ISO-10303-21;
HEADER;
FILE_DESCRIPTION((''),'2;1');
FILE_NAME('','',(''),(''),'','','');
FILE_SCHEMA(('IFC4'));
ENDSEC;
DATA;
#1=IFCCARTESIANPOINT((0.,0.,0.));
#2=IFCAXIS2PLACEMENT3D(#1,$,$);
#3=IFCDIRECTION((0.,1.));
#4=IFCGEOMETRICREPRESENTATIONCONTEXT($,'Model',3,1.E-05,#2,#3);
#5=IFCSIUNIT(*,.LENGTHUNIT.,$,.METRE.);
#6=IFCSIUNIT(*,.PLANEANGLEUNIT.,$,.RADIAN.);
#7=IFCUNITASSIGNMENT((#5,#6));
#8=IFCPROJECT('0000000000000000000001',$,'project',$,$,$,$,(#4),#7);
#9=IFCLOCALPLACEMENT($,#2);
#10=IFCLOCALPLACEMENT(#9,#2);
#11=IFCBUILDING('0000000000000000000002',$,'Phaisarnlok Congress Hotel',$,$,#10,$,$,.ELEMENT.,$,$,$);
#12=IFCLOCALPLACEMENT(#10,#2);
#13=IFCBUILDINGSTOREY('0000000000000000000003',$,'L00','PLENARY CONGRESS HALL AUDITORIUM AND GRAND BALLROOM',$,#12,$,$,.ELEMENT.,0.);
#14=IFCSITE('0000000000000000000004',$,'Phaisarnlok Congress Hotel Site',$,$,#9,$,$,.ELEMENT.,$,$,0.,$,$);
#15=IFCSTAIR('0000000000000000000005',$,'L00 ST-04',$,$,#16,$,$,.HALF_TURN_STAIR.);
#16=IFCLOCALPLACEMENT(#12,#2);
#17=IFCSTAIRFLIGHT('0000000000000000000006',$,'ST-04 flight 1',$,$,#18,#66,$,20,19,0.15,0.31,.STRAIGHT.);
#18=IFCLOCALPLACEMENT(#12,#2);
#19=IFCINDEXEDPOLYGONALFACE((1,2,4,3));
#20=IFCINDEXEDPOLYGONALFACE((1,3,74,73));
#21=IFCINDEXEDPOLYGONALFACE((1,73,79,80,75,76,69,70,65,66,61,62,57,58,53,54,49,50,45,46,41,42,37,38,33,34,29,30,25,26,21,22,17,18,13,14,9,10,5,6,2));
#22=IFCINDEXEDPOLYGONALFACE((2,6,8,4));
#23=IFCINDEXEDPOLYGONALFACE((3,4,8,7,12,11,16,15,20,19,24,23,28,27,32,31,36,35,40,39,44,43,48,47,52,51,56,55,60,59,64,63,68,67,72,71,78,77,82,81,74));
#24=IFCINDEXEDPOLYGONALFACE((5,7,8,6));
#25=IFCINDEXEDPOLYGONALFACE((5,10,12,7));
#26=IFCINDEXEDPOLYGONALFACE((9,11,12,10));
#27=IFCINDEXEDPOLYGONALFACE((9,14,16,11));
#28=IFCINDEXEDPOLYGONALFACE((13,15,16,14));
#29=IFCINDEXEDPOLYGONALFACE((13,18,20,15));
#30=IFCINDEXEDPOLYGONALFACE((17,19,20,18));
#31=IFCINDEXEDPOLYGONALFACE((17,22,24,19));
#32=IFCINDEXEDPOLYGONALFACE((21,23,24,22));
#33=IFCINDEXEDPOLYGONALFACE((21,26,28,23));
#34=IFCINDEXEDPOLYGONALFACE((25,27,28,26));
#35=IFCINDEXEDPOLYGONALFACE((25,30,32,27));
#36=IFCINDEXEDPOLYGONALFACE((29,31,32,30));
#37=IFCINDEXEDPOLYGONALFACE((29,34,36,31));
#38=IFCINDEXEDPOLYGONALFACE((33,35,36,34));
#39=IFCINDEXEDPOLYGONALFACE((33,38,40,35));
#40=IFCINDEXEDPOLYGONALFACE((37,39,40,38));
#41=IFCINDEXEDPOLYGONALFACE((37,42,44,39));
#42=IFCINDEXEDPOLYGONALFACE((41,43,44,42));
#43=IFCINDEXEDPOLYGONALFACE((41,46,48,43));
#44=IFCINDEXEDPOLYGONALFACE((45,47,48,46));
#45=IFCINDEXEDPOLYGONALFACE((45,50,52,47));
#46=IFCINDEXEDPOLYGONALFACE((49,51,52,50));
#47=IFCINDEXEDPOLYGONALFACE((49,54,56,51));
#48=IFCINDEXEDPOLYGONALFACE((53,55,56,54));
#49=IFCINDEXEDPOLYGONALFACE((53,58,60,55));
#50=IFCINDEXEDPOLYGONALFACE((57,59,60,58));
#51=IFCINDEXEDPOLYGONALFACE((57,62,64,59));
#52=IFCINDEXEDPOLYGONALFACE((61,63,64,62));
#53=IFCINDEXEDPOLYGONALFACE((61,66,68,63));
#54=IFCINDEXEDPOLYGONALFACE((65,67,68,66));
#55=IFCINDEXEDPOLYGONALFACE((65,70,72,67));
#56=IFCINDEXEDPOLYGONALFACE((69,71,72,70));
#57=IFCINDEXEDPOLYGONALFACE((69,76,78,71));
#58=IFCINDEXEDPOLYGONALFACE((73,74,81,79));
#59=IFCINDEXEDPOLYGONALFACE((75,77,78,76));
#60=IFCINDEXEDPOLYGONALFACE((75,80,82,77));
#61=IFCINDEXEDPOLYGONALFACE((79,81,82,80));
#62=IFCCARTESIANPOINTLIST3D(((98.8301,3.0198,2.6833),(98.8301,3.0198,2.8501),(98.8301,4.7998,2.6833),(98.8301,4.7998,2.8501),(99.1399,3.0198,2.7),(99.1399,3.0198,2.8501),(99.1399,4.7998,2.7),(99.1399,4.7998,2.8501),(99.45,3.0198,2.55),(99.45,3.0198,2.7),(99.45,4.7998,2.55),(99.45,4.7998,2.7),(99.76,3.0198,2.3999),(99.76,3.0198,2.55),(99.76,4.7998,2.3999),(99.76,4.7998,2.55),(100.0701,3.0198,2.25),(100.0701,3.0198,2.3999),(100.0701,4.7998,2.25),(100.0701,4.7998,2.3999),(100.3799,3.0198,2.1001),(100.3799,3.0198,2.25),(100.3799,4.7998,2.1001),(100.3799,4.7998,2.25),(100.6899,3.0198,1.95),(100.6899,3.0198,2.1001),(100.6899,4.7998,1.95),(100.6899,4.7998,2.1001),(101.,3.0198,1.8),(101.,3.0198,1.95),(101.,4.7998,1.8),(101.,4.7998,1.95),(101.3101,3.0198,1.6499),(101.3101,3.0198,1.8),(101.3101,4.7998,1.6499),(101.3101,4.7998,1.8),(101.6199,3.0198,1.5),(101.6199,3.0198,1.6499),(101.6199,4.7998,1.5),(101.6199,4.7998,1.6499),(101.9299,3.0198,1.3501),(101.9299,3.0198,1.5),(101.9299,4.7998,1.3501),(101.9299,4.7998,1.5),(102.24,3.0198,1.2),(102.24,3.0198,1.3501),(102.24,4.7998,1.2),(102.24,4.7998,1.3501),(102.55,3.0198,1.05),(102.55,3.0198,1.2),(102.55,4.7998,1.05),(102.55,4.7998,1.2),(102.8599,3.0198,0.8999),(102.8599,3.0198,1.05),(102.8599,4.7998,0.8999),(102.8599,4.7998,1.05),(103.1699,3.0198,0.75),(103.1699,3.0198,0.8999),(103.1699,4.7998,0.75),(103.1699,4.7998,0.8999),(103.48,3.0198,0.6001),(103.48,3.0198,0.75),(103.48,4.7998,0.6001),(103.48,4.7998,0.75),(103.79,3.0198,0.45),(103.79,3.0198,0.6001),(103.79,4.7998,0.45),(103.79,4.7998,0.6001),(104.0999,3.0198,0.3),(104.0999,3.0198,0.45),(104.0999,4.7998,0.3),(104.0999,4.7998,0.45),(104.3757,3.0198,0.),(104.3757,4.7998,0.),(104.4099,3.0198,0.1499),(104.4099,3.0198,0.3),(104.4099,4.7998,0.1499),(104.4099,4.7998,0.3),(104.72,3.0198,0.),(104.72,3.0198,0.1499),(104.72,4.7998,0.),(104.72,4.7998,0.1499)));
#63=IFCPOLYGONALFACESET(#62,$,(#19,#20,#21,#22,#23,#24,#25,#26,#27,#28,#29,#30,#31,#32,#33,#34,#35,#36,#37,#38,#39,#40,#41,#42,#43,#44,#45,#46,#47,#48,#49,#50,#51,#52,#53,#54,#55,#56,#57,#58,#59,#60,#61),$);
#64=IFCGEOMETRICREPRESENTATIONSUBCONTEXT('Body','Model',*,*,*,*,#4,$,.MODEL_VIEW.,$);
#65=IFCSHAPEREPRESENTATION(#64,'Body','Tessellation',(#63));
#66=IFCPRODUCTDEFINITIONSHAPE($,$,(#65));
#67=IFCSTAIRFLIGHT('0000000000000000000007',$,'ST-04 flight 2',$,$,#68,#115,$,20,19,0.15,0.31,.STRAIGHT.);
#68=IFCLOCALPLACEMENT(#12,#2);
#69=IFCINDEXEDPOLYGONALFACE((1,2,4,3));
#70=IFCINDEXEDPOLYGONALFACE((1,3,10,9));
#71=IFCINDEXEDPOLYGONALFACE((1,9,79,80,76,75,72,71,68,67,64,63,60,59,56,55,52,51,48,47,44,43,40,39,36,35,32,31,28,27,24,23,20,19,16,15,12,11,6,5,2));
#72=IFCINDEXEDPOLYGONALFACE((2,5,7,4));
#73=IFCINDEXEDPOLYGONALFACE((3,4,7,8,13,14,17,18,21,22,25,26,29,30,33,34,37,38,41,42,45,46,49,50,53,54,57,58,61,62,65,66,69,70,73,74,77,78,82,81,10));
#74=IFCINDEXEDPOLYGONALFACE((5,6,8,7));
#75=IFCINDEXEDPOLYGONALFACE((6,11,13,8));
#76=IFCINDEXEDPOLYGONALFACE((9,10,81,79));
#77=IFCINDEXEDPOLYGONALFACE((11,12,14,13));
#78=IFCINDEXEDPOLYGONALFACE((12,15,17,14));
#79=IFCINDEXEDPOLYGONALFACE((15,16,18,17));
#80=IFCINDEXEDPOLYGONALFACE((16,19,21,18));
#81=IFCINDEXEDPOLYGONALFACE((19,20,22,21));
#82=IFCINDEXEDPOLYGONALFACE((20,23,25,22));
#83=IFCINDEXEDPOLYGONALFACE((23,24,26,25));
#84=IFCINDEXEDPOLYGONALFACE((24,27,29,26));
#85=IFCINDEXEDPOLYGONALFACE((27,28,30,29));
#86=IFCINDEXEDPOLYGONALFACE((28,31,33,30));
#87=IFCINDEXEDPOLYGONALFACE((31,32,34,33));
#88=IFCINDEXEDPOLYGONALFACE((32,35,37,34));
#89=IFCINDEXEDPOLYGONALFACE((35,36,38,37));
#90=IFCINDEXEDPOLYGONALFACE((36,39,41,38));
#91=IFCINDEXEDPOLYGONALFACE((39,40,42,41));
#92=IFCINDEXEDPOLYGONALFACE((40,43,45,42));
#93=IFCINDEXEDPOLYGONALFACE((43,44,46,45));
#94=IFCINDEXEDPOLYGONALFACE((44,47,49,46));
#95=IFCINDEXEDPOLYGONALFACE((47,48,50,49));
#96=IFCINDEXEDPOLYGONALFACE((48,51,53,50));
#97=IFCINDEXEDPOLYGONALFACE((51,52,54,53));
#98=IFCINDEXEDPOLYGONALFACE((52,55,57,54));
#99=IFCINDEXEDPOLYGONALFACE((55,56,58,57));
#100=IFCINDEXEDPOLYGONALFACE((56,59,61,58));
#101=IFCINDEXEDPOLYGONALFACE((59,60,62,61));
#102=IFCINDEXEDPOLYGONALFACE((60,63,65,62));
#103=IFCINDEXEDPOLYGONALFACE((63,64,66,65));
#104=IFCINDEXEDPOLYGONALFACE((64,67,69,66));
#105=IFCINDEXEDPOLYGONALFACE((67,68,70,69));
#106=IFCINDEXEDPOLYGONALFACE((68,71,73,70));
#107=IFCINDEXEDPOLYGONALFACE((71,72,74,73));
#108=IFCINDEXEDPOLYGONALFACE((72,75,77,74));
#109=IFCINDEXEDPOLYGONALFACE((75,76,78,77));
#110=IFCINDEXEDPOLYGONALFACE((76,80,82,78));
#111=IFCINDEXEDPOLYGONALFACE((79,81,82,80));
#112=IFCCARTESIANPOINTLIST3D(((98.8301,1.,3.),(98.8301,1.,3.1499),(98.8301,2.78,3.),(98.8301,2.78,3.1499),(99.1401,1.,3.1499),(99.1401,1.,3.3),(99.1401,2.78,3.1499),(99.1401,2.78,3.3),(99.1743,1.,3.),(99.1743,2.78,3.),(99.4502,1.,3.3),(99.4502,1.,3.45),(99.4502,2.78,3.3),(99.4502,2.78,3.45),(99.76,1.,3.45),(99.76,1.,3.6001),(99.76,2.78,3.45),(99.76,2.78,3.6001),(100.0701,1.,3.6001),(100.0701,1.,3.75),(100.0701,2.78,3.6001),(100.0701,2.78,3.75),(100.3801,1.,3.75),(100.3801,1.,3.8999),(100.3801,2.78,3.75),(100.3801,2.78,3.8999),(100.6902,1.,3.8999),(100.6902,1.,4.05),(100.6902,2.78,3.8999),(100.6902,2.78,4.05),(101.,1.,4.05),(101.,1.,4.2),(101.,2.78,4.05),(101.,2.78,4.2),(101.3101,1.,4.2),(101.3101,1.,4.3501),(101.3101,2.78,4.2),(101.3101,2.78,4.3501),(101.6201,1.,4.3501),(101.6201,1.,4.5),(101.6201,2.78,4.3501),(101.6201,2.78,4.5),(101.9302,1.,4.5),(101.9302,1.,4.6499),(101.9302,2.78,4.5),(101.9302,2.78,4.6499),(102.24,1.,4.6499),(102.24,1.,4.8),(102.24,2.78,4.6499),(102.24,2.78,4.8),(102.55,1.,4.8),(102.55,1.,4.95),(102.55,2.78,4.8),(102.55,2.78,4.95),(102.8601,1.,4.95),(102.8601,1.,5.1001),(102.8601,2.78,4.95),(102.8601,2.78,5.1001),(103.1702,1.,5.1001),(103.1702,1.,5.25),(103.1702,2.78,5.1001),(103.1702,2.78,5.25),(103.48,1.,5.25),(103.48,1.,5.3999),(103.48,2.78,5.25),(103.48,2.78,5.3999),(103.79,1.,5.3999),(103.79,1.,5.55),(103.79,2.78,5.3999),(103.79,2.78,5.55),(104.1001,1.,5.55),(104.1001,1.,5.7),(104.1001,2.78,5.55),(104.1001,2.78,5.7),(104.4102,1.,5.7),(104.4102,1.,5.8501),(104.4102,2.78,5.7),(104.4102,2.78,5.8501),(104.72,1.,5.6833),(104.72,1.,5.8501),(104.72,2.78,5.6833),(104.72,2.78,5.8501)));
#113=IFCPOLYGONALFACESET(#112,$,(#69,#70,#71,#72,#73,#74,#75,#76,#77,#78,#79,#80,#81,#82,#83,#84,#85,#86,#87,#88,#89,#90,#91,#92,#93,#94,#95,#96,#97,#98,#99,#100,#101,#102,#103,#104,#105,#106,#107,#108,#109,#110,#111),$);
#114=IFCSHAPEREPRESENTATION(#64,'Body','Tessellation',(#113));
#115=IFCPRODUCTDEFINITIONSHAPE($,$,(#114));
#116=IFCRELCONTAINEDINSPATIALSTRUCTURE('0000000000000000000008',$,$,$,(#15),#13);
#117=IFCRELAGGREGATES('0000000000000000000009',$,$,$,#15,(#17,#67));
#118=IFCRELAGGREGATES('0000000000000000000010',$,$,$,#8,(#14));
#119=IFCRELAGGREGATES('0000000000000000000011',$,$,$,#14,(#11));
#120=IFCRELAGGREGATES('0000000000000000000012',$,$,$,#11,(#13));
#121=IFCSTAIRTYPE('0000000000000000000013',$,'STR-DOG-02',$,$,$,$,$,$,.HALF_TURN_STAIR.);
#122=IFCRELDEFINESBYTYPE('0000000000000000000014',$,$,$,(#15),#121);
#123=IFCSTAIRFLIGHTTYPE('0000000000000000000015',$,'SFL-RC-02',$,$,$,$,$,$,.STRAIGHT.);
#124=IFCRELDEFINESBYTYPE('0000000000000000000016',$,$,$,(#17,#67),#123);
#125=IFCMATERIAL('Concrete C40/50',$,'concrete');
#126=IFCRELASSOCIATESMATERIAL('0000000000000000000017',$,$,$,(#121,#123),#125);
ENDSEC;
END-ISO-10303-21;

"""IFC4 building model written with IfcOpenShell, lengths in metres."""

from ifc_helpers import new_model, si_unit, direction, frame, origin, place, context, subcontext, project, spatial, polyline, outline, extrude, material, type_object, element, aggregate, save


model = new_model("IFC4")

# Units and contexts
model_context = context("Model", 3, precision=1e-05, world=origin(), true_north=direction((0.0, 1.0)))
body_context = subcontext(model_context, "Body", "Model", "MODEL_VIEW")
ifc_project = project(units=[si_unit("LENGTHUNIT", "METRE"), si_unit("PLANEANGLEUNIT", "RADIAN")], contexts=[model_context])

# Site, building, storey
site_placement = place(None, origin())
site = spatial("IfcSite", under=ifc_project, at=site_placement, Name="Phaisarnlok Congress Hotel Site", CompositionType="ELEMENT", RefElevation=0.0)
building_placement = place(site_placement, origin())
building = spatial("IfcBuilding", under=site, at=building_placement, Name="Phaisarnlok Congress Hotel", CompositionType="ELEMENT")
storey_placement = place(building_placement, origin())
storey = spatial("IfcBuildingStorey", under=building, at=storey_placement, Name="L00", Description="PLENARY CONGRESS HALL AUDITORIUM AND GRAND BALLROOM", CompositionType="ELEMENT", Elevation=0.0)

# Shared definitions
ifc_material_1 = material(Name="Concrete C40/50", Category="concrete")

# Stair, stair flights
stair_type = type_object("IfcStairType", Name="STR-DOG-02", PredefinedType="HALF_TURN_STAIR", material=ifc_material_1)
stair_placement = place(storey_placement, origin())
stair = element("IfcStair", 1, at=stair_placement, inside=storey, type_object=stair_type, Name="L00 ST-04", PredefinedType="HALF_TURN_STAIR")
stair_flight_type = type_object("IfcStairFlightType", Name="SFL-RC-02", PredefinedType="STRAIGHT", material=ifc_material_1)
stair_flight_1_placement = place(storey_placement, frame((104.72, 3.9099, 0.0), z_axis=(0.0, 0.0, 1.0), x_axis=(-1.0, 0.0, 0.0)))
stair_flight_1 = element("IfcStairFlight", 2, at=stair_flight_1_placement, type_object=stair_flight_type, Name="ST-04 flight 1", NumberOfRisers=20, NumberOfTreads=19, PredefinedType="STRAIGHT", RiserHeight=0.15, TreadLength=0.31, context=body_context, shape_type="SweptSolid", body=[
    extrude(outline(polyline([(0.0, 0.0), (0.0, 0.1499), (0.3101, 0.1499), (0.3101, 0.3), (0.6201, 0.3), (0.6201, 0.45), (0.9299, 0.45), (0.9299, 0.6001), (1.24, 0.6001), (1.24, 0.75), (1.55, 0.75), (1.55, 0.8999), (1.8601, 0.8999), (1.8601, 1.05), (2.1699, 1.05), (2.1699, 1.2), (2.48, 1.2), (2.48, 1.3501), (2.79, 1.3501), (2.79, 1.5), (3.1001, 1.5), (3.1001, 1.6499), (3.4099, 1.6499), (3.4099, 1.8), (3.72, 1.8), (3.72, 1.95), (4.03, 1.95), (4.03, 2.1001), (4.3401, 2.1001), (4.3401, 2.25), (4.6499, 2.25), (4.6499, 2.3999), (4.96, 2.3999), (4.96, 2.55), (5.27, 2.55), (5.27, 2.7), (5.5801, 2.7), (5.5801, 2.8501), (5.8899, 2.8501), (5.8899, 3.0), (5.8899, 2.6833), (0.3442, 0.0), (0.0, 0.0)])), frame((0.0, 0.8901, 0.0), z_axis=(0.0, -1.0, 0.0), x_axis=(1.0, 0.0, 0.0)), (0.0, 0.0, 1.0), 1.78),
])
stair_flight_2_placement = place(storey_placement, frame((98.8301, 1.8899, 3.0), z_axis=(0.0, 0.0, 1.0), x_axis=(1.0, 0.0, 0.0)))
stair_flight_2 = element("IfcStairFlight", 3, at=stair_flight_2_placement, type_object=stair_flight_type, Name="ST-04 flight 2", NumberOfRisers=20, NumberOfTreads=19, PredefinedType="STRAIGHT", RiserHeight=0.15, TreadLength=0.31, context=body_context, shape_type="SweptSolid", body=[
    extrude(outline(polyline([(0.0, 0.0), (0.0, 0.1499), (0.3101, 0.1499), (0.3101, 0.3), (0.6201, 0.3), (0.6201, 0.45), (0.9299, 0.45), (0.9299, 0.6001), (1.24, 0.6001), (1.24, 0.75), (1.55, 0.75), (1.55, 0.8999), (1.8601, 0.8999), (1.8601, 1.05), (2.1699, 1.05), (2.1699, 1.2), (2.48, 1.2), (2.48, 1.3501), (2.79, 1.3501), (2.79, 1.5), (3.1001, 1.5), (3.1001, 1.6499), (3.4099, 1.6499), (3.4099, 1.8), (3.72, 1.8), (3.72, 1.95), (4.03, 1.95), (4.03, 2.1001), (4.3401, 2.1001), (4.3401, 2.25), (4.6499, 2.25), (4.6499, 2.3999), (4.96, 2.3999), (4.96, 2.55), (5.27, 2.55), (5.27, 2.7), (5.5801, 2.7), (5.5801, 2.8501), (5.8899, 2.8501), (5.8899, 3.0), (5.8899, 2.6833), (0.3442, 0.0), (0.0, 0.0)])), frame((0.0, 0.8901, 0.0), z_axis=(0.0, -1.0, 0.0), x_axis=(1.0, 0.0, 0.0)), (0.0, 0.0, 1.0), 1.78),
])
aggregate(stair, [stair_flight_1, stair_flight_2])

save(model, "model.ifc")
